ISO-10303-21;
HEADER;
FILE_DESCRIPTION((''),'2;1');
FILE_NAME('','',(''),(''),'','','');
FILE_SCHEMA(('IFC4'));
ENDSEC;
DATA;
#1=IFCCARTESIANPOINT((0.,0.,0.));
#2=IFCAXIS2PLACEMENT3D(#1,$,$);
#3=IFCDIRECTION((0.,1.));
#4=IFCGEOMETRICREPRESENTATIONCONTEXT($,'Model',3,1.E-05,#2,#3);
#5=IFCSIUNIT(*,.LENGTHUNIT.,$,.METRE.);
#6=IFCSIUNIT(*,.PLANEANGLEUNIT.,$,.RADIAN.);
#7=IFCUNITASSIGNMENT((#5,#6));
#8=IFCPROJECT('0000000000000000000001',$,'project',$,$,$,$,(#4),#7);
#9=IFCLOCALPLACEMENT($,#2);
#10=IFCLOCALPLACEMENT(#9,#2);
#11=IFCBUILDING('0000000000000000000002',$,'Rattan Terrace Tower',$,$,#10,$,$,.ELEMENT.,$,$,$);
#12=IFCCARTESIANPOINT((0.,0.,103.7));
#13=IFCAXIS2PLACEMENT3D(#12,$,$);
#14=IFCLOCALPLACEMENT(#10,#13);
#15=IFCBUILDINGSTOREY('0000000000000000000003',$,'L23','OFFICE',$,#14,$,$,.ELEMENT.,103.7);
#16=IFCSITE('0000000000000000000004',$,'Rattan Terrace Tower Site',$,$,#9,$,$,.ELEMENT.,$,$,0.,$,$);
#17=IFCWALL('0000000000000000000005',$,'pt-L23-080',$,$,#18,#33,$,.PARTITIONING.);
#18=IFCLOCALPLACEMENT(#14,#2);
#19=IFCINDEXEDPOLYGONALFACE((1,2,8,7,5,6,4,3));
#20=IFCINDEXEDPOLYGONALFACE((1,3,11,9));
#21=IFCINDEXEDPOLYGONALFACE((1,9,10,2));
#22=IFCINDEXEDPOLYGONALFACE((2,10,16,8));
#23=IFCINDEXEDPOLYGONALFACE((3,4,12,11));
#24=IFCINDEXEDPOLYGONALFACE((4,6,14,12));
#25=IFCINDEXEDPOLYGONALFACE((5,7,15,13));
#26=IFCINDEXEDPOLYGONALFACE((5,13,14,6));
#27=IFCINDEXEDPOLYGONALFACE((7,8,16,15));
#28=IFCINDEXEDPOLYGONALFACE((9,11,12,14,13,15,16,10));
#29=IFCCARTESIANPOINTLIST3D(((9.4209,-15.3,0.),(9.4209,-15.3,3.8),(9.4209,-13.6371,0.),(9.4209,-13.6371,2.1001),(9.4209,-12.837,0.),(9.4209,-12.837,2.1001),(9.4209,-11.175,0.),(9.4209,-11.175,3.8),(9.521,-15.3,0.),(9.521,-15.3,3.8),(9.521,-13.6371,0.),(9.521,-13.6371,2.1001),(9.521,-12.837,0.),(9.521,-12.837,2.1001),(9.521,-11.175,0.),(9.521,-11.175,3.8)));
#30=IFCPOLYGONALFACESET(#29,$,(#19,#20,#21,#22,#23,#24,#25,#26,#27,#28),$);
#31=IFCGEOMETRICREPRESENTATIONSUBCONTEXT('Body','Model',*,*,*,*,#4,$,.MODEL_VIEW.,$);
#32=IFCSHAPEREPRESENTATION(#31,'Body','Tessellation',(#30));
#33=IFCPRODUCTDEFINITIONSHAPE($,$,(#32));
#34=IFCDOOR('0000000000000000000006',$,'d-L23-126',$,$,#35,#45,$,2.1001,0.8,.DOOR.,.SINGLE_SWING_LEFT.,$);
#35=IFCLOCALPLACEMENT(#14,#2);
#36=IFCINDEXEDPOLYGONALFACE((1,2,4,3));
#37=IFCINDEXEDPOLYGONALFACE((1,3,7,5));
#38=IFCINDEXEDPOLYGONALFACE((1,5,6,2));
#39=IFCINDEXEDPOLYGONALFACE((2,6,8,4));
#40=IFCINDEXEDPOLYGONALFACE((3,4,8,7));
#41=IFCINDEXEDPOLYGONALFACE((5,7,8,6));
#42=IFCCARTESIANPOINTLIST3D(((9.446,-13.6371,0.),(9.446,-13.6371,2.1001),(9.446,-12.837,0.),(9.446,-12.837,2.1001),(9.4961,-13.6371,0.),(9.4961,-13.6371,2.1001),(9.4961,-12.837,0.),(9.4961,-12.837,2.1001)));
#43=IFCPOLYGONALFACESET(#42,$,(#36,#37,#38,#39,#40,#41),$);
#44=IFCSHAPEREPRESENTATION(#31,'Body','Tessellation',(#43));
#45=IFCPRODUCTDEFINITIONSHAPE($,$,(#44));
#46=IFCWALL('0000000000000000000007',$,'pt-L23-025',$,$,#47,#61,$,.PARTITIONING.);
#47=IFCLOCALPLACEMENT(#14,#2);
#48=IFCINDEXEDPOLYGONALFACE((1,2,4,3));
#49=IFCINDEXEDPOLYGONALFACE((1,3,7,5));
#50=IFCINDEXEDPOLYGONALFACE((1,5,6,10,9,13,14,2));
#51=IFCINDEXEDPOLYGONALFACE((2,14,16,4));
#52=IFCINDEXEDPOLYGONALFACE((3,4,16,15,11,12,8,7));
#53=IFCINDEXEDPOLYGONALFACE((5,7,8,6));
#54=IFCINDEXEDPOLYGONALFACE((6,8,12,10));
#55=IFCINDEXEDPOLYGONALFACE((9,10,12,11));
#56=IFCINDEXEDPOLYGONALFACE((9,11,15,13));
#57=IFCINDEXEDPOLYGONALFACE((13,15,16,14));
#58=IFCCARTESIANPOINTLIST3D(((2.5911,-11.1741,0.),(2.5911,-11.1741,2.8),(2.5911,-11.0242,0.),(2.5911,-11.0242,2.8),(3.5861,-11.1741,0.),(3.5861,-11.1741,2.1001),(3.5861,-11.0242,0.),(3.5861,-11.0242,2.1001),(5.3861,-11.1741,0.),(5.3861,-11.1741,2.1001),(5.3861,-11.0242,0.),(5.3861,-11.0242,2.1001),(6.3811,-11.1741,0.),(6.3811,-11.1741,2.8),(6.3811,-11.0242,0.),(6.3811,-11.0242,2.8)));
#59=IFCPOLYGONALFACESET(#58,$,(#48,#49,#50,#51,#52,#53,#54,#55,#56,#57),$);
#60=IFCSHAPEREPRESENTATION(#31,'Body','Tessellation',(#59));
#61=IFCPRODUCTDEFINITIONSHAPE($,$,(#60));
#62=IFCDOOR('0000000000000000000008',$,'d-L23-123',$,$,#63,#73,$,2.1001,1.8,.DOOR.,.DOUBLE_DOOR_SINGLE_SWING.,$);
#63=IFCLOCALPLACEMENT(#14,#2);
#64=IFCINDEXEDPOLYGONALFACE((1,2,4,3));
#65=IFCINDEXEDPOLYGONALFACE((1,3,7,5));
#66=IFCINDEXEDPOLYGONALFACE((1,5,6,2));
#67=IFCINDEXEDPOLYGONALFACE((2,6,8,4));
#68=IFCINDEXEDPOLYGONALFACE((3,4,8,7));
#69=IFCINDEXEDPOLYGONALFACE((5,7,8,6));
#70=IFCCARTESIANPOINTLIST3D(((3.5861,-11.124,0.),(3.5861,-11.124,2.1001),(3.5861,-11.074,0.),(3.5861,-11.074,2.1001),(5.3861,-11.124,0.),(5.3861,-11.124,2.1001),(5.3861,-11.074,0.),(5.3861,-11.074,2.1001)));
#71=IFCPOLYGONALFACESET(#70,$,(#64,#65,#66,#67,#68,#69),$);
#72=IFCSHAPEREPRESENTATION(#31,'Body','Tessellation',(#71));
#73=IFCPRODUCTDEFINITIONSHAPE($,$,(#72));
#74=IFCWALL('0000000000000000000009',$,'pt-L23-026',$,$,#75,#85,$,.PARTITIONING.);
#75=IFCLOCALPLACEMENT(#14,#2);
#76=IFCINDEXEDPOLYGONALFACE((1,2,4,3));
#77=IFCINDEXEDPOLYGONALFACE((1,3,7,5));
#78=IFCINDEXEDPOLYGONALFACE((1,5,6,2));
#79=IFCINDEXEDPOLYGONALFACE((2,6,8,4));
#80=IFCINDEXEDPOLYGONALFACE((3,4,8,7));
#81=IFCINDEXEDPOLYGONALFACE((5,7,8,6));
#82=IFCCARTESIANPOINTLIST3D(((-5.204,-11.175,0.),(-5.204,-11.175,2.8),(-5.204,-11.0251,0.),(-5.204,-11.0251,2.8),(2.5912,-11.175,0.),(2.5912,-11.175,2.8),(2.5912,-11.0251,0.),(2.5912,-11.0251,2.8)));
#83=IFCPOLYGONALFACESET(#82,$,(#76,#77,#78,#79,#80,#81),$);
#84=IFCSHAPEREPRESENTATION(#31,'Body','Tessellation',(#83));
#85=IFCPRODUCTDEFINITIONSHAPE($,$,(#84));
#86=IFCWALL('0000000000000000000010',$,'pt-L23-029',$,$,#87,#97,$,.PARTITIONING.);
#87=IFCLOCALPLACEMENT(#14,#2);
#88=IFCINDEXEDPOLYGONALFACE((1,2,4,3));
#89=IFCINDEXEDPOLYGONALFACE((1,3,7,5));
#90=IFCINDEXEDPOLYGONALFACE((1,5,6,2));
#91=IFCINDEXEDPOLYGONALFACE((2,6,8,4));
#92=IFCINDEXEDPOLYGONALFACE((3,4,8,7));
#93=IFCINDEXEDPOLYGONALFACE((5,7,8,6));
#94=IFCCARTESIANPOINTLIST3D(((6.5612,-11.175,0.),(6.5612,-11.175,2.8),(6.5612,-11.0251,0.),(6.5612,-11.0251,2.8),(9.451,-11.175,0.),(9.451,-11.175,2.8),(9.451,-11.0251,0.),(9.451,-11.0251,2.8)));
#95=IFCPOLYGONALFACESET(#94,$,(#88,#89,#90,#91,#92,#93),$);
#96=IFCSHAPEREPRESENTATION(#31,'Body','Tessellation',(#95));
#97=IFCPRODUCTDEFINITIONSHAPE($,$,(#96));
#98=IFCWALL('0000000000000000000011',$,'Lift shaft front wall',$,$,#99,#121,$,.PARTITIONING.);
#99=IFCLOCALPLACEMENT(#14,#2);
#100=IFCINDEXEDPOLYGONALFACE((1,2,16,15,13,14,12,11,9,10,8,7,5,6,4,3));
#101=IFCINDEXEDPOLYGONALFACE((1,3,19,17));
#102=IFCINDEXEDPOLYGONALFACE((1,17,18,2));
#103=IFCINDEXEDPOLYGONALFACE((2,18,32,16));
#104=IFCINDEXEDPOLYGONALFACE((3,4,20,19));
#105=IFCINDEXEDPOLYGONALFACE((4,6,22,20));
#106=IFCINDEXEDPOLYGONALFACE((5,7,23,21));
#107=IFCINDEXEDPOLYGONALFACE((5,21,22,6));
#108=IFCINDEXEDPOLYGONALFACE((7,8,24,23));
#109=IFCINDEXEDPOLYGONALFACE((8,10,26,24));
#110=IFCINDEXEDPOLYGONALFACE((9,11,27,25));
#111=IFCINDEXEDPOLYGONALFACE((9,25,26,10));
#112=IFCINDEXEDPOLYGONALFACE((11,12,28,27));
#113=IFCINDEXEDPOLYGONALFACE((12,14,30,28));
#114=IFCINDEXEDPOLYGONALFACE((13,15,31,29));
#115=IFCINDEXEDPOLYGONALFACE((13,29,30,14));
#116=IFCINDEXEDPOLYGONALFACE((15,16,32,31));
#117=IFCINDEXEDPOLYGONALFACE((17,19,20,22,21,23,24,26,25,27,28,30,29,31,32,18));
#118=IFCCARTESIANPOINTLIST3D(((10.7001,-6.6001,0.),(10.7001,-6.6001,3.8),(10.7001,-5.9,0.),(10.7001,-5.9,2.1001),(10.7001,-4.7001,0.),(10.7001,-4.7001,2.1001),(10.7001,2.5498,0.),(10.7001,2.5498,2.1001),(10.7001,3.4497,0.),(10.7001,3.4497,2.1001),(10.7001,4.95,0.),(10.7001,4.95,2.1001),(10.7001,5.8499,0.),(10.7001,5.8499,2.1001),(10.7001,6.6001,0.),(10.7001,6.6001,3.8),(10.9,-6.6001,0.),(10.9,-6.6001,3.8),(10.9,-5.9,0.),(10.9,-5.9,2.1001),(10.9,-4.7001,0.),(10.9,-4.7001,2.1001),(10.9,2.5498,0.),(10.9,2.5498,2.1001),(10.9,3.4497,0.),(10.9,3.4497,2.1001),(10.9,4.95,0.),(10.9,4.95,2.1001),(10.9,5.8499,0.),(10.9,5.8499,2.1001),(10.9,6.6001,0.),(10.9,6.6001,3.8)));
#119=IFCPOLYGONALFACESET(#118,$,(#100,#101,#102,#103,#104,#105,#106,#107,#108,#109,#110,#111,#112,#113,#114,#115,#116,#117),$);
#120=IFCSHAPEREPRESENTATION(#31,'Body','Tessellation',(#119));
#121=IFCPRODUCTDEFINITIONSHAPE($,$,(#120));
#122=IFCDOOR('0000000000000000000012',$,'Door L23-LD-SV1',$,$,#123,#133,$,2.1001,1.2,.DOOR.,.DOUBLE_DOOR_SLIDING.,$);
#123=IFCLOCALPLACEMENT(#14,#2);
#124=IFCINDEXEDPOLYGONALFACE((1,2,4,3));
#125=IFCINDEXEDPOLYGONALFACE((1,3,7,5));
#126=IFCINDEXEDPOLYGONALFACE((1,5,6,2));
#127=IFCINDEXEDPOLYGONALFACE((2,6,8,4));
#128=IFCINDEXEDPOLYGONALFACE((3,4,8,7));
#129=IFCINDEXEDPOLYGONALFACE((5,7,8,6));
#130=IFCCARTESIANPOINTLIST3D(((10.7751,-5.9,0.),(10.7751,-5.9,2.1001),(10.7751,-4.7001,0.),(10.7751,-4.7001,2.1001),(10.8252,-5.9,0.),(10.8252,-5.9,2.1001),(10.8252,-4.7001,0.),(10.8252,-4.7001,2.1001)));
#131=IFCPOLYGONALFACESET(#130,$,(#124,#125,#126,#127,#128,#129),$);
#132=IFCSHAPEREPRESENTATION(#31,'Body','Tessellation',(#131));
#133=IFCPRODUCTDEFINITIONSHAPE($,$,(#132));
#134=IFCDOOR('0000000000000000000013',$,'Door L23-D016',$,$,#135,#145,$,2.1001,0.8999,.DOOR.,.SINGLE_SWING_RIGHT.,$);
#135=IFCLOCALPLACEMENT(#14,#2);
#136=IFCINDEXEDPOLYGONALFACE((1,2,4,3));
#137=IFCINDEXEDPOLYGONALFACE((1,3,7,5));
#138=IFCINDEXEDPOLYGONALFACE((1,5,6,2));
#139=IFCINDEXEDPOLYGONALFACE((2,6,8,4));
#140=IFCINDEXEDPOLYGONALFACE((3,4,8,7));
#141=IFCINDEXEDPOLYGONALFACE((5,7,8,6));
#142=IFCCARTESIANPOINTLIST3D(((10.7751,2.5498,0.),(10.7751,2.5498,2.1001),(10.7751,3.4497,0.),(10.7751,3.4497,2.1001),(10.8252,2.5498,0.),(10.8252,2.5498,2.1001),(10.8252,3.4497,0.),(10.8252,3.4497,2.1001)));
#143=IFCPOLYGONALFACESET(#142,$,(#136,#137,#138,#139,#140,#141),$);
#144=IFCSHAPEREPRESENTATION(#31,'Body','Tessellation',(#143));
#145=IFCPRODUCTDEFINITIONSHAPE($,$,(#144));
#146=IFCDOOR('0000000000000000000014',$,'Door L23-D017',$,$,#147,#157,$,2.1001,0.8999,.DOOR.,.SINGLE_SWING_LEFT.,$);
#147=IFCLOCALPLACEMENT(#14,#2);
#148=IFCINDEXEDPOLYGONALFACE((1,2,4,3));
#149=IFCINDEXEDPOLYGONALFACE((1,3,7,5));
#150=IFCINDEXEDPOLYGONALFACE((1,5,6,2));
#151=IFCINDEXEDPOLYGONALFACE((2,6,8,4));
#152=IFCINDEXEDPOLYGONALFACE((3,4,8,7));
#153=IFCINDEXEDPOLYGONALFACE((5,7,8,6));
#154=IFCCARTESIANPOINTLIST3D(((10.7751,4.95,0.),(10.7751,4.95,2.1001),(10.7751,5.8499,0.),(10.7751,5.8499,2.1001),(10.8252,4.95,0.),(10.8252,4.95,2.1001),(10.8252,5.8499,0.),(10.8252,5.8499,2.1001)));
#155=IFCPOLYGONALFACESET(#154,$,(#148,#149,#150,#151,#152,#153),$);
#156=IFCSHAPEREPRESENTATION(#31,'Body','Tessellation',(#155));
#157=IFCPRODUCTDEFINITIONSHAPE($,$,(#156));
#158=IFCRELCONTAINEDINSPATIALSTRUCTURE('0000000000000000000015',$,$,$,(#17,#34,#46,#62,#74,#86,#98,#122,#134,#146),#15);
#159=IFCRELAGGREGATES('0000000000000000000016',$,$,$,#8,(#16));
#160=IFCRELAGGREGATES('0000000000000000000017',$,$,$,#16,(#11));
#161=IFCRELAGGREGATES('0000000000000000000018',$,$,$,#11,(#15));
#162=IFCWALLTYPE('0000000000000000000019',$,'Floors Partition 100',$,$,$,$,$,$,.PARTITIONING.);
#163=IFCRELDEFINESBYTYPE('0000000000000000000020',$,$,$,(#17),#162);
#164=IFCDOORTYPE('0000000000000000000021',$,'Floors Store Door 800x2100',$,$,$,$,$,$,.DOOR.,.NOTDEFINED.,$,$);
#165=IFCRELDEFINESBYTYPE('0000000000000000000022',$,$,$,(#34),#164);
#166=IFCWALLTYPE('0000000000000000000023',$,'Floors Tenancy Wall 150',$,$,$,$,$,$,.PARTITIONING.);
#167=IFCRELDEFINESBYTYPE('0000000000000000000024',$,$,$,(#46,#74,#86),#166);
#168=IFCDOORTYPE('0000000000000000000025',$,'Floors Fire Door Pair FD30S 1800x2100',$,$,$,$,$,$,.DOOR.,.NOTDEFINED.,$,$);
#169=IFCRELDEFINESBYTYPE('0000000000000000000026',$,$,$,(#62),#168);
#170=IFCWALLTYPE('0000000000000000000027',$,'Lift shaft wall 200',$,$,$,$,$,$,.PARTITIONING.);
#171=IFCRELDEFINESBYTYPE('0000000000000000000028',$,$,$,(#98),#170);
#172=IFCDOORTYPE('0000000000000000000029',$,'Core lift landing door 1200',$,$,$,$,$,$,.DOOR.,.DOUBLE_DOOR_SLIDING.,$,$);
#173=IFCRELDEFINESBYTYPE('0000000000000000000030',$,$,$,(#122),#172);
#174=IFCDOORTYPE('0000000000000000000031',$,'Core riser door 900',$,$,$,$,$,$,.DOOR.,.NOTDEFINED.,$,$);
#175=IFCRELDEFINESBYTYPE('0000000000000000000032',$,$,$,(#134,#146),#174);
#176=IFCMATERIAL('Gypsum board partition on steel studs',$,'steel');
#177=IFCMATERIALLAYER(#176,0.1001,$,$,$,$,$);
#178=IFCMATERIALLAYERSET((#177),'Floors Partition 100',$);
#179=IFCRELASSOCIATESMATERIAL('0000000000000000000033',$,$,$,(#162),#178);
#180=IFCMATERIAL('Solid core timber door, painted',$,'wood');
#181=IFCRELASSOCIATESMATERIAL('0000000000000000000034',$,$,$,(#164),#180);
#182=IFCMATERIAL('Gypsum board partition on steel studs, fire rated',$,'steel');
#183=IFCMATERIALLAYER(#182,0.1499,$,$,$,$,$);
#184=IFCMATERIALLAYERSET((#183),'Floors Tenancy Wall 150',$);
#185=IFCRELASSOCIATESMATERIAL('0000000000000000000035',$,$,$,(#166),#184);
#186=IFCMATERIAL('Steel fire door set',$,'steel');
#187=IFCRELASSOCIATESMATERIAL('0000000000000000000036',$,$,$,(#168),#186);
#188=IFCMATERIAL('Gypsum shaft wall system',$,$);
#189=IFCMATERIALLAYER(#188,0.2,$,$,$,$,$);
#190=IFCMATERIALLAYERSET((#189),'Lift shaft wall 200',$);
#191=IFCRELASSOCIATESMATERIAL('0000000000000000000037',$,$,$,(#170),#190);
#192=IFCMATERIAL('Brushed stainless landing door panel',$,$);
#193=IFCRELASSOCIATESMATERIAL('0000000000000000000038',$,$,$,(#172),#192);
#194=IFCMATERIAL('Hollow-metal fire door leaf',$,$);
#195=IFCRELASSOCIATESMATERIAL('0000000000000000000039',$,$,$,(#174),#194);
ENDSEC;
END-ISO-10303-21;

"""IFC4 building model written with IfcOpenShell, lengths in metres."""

from ifc_helpers import new_model, si_unit, direction, frame, frame_2d, origin, place, context, subcontext, project, spatial, rectangle, extrude, material, layer, layer_set, type_object, element, fill, save


model = new_model("IFC4")

# Units and contexts
model_context = context("Model", 3, precision=1e-05, world=origin(), true_north=direction((0.0, 1.0)))
body_context = subcontext(model_context, "Body", "Model", "MODEL_VIEW")
ifc_project = project(units=[si_unit("LENGTHUNIT", "METRE"), si_unit("PLANEANGLEUNIT", "RADIAN")], contexts=[model_context])

# Site, building, storey
site_placement = place(None, origin())
site = spatial("IfcSite", under=ifc_project, at=site_placement, Name="Rattan Terrace Tower Site", CompositionType="ELEMENT", RefElevation=0.0)
building_placement = place(site_placement, origin())
building = spatial("IfcBuilding", under=site, at=building_placement, Name="Rattan Terrace Tower", CompositionType="ELEMENT")
storey_placement = place(building_placement, frame((0.0, 0.0, 103.7)))
storey = spatial("IfcBuildingStorey", under=building, at=storey_placement, Name="L23", Description="OFFICE", CompositionType="ELEMENT", Elevation=103.7)

# Shared definitions
ifc_material_1 = material(Name="Gypsum board partition on steel studs", Category="steel")
ifc_layer_1 = layer(ifc_material_1, 0.1001)
ifc_layer_set_1 = layer_set([ifc_layer_1], Name="Floors Partition 100")
wall_type_1 = type_object("IfcWallType", Name="Floors Partition 100", PredefinedType="PARTITIONING", material=ifc_layer_set_1)

# Walls, openings, doors
wall_1_placement = place(storey_placement, frame((9.4709, -15.3, 0.0), z_axis=(0.0, 0.0, 1.0), x_axis=(0.0, 1.0, 0.0)))
wall_1 = element("IfcWall", 1, at=wall_1_placement, inside=storey, type_object=wall_type_1, Name="pt-L23-080", PredefinedType="PARTITIONING", context=body_context, shape_type="SweptSolid", body=[
    extrude(rectangle(XDim=4.125, YDim=0.1001, at=frame_2d((2.0625, 0.0))), origin(), (0.0, 0.0, 1.0), 3.8),
])
opening_1_placement = place(wall_1_placement, frame((1.6631, 0.0, 0.0)))
opening_1 = element("IfcOpeningElement", 2, at=opening_1_placement, cuts=wall_1, PredefinedType="OPENING", context=body_context, shape_type="SweptSolid", body=[
    extrude(rectangle(XDim=0.8, YDim=2.1001, at=frame_2d((0.3999, 1.05))), frame((0.0, 0.0605, 0.0), z_axis=(0.0, -1.0, 0.0), x_axis=(1.0, 0.0, 0.0)), (0.0, 0.0, 1.0), 0.1211),
])
ifc_material_2 = material(Name="Solid core timber door, painted", Category="wood")
door_type_1 = type_object("IfcDoorType", Name="Floors Store Door 800x2100", OperationType="NOTDEFINED", PredefinedType="DOOR", material=ifc_material_2)
door_1_placement = place(opening_1_placement, origin())
door_1 = element("IfcDoor", 3, at=door_1_placement, inside=storey, type_object=door_type_1, Name="d-L23-126", OperationType="SINGLE_SWING_LEFT", OverallHeight=2.1001, OverallWidth=0.8, PredefinedType="DOOR", context=body_context, shape_type="SweptSolid", body=[
    extrude(rectangle(XDim=0.8, YDim=2.1001, at=frame_2d((0.3999, 1.05))), frame((0.0, 0.0249, 0.0), z_axis=(0.0, -1.0, 0.0), x_axis=(1.0, 0.0, 0.0)), (0.0, 0.0, 1.0), 0.05),
])
fill(opening_1, door_1)
ifc_material_3 = material(Name="Gypsum board partition on steel studs, fire rated", Category="steel")
ifc_layer_2 = layer(ifc_material_3, 0.1499)
ifc_layer_set_2 = layer_set([ifc_layer_2], Name="Floors Tenancy Wall 150")
wall_type_2 = type_object("IfcWallType", Name="Floors Tenancy Wall 150", PredefinedType="PARTITIONING", material=ifc_layer_set_2)
wall_2_placement = place(storey_placement, frame((6.3811, -11.0991, 0.0), z_axis=(0.0, 0.0, 1.0), x_axis=(-1.0, 0.0, 0.0)))
wall_2 = element("IfcWall", 4, at=wall_2_placement, inside=storey, type_object=wall_type_2, Name="pt-L23-025", PredefinedType="PARTITIONING", context=body_context, shape_type="SweptSolid", body=[
    extrude(rectangle(XDim=3.79, YDim=0.1499, at=frame_2d((1.895, 0.0))), origin(), (0.0, 0.0, 1.0), 2.8),
])
opening_2_placement = place(wall_2_placement, frame((0.9951, 0.0, 0.0)))
opening_2 = element("IfcOpeningElement", 5, at=opening_2_placement, cuts=wall_2, PredefinedType="OPENING", context=body_context, shape_type="SweptSolid", body=[
    extrude(rectangle(XDim=1.8, YDim=2.1001, at=frame_2d((0.8999, 1.05))), frame((0.0, 0.0854, 0.0), z_axis=(0.0, -1.0, 0.0), x_axis=(1.0, 0.0, 0.0)), (0.0, 0.0, 1.0), 0.1709),
])
ifc_material_4 = material(Name="Steel fire door set", Category="steel")
door_type_2 = type_object("IfcDoorType", Name="Floors Fire Door Pair FD30S 1800x2100", OperationType="NOTDEFINED", PredefinedType="DOOR", material=ifc_material_4)
door_2_placement = place(opening_2_placement, origin())
door_2 = element("IfcDoor", 6, at=door_2_placement, inside=storey, type_object=door_type_2, Name="d-L23-123", OperationType="DOUBLE_DOOR_SINGLE_SWING", OverallHeight=2.1001, OverallWidth=1.8, PredefinedType="DOOR", context=body_context, shape_type="SweptSolid", body=[
    extrude(rectangle(XDim=1.8, YDim=2.1001, at=frame_2d((0.8999, 1.05))), frame((0.0, 0.0249, 0.0), z_axis=(0.0, -1.0, 0.0), x_axis=(1.0, 0.0, 0.0)), (0.0, 0.0, 1.0), 0.05),
])
fill(opening_2, door_2)

# Walls
wall_3_placement = place(storey_placement, frame((2.5911, -11.1001, 0.0), z_axis=(0.0, 0.0, 1.0), x_axis=(-1.0, 0.0, 0.0)))
element("IfcWall", 7, at=wall_3_placement, inside=storey, type_object=wall_type_2, Name="pt-L23-026", PredefinedType="PARTITIONING", context=body_context, shape_type="SweptSolid", body=[
    extrude(rectangle(XDim=7.7952, YDim=0.1499, at=frame_2d((3.8975, 0.0))), origin(), (0.0, 0.0, 1.0), 2.8),
])
wall_4_placement = place(storey_placement, frame((9.4509, -11.1001, 0.0), z_axis=(0.0, 0.0, 1.0), x_axis=(-1.0, 0.0, 0.0)))
element("IfcWall", 8, at=wall_4_placement, inside=storey, type_object=wall_type_2, Name="pt-L23-029", PredefinedType="PARTITIONING", context=body_context, shape_type="SweptSolid", body=[
    extrude(rectangle(XDim=2.8899, YDim=0.1499, at=frame_2d((1.4448, 0.0))), origin(), (0.0, 0.0, 1.0), 2.8),
])

# Wall, openings, doors
ifc_material_5 = material(Name="Gypsum shaft wall system")
ifc_layer_3 = layer(ifc_material_5, 0.2)
ifc_layer_set_3 = layer_set([ifc_layer_3], Name="Lift shaft wall 200")
wall_type_3 = type_object("IfcWallType", Name="Lift shaft wall 200", PredefinedType="PARTITIONING", material=ifc_layer_set_3)
wall_5_placement = place(storey_placement, frame((10.8, -6.6001, 0.0), z_axis=(0.0, 0.0, 1.0), x_axis=(0.0, 1.0, 0.0)))
wall_5 = element("IfcWall", 9, at=wall_5_placement, inside=storey, type_object=wall_type_3, Name="Lift shaft front wall", PredefinedType="PARTITIONING", context=body_context, shape_type="SweptSolid", body=[
    extrude(rectangle(XDim=13.2002, YDim=0.2, at=frame_2d((6.6001, 0.0))), origin(), (0.0, 0.0, 1.0), 3.8),
])
opening_3_placement = place(wall_5_placement, frame((0.7, 0.0, 0.0)))
opening_3 = element("IfcOpeningElement", 10, at=opening_3_placement, cuts=wall_5, PredefinedType="OPENING", context=body_context, shape_type="SweptSolid", body=[
    extrude(rectangle(XDim=1.2, YDim=2.1001, at=frame_2d((0.6001, 1.05))), frame((0.0, 0.1106, 0.0), z_axis=(0.0, -1.0, 0.0), x_axis=(1.0, 0.0, 0.0)), (0.0, 0.0, 1.0), 0.2209),
])
opening_4_placement = place(wall_5_placement, frame((9.1499, 0.0, 0.0)))
opening_4 = element("IfcOpeningElement", 11, at=opening_4_placement, cuts=wall_5, PredefinedType="OPENING", context=body_context, shape_type="SweptSolid", body=[
    extrude(rectangle(XDim=0.8999, YDim=2.1001, at=frame_2d((0.45, 1.05))), frame((0.0, 0.1106, 0.0), z_axis=(0.0, -1.0, 0.0), x_axis=(1.0, 0.0, 0.0)), (0.0, 0.0, 1.0), 0.2209),
])
opening_5_placement = place(wall_5_placement, frame((11.55, 0.0, 0.0)))
opening_5 = element("IfcOpeningElement", 12, at=opening_5_placement, cuts=wall_5, PredefinedType="OPENING", context=body_context, shape_type="SweptSolid", body=[
    extrude(rectangle(XDim=0.8999, YDim=2.1001, at=frame_2d((0.45, 1.05))), frame((0.0, 0.1106, 0.0), z_axis=(0.0, -1.0, 0.0), x_axis=(1.0, 0.0, 0.0)), (0.0, 0.0, 1.0), 0.2209),
])
ifc_material_6 = material(Name="Brushed stainless landing door panel")
door_type_3 = type_object("IfcDoorType", Name="Core lift landing door 1200", OperationType="DOUBLE_DOOR_SLIDING", PredefinedType="DOOR", material=ifc_material_6)
door_3_placement = place(opening_3_placement, origin())
door_3 = element("IfcDoor", 13, at=door_3_placement, inside=storey, type_object=door_type_3, Name="Door L23-LD-SV1", OperationType="DOUBLE_DOOR_SLIDING", OverallHeight=2.1001, OverallWidth=1.2, PredefinedType="DOOR", context=body_context, shape_type="SweptSolid", body=[
    extrude(rectangle(XDim=1.2, YDim=2.1001, at=frame_2d((0.6001, 1.05))), frame((0.0, 0.0249, 0.0), z_axis=(0.0, -1.0, 0.0), x_axis=(1.0, 0.0, 0.0)), (0.0, 0.0, 1.0), 0.05),
])
fill(opening_3, door_3)
ifc_material_7 = material(Name="Hollow-metal fire door leaf")
door_type_4 = type_object("IfcDoorType", Name="Core riser door 900", OperationType="NOTDEFINED", PredefinedType="DOOR", material=ifc_material_7)
door_4_placement = place(opening_4_placement, origin())
door_4 = element("IfcDoor", 14, at=door_4_placement, inside=storey, type_object=door_type_4, Name="Door L23-D016", OperationType="SINGLE_SWING_RIGHT", OverallHeight=2.1001, OverallWidth=0.8999, PredefinedType="DOOR", context=body_context, shape_type="SweptSolid", body=[
    extrude(rectangle(XDim=0.8999, YDim=2.1001, at=frame_2d((0.45, 1.05))), frame((0.0, 0.0249, 0.0), z_axis=(0.0, -1.0, 0.0), x_axis=(1.0, 0.0, 0.0)), (0.0, 0.0, 1.0), 0.05),
])
fill(opening_4, door_4)
door_5_placement = place(opening_5_placement, origin())
door_5 = element("IfcDoor", 15, at=door_5_placement, inside=storey, type_object=door_type_4, Name="Door L23-D017", OperationType="SINGLE_SWING_LEFT", OverallHeight=2.1001, OverallWidth=0.8999, PredefinedType="DOOR", context=body_context, shape_type="SweptSolid", body=[
    extrude(rectangle(XDim=0.8999, YDim=2.1001, at=frame_2d((0.45, 1.05))), frame((0.0, 0.0249, 0.0), z_axis=(0.0, -1.0, 0.0), x_axis=(1.0, 0.0, 0.0)), (0.0, 0.0, 1.0), 0.05),
])
fill(opening_5, door_5)

save(model, "model.ifc")
